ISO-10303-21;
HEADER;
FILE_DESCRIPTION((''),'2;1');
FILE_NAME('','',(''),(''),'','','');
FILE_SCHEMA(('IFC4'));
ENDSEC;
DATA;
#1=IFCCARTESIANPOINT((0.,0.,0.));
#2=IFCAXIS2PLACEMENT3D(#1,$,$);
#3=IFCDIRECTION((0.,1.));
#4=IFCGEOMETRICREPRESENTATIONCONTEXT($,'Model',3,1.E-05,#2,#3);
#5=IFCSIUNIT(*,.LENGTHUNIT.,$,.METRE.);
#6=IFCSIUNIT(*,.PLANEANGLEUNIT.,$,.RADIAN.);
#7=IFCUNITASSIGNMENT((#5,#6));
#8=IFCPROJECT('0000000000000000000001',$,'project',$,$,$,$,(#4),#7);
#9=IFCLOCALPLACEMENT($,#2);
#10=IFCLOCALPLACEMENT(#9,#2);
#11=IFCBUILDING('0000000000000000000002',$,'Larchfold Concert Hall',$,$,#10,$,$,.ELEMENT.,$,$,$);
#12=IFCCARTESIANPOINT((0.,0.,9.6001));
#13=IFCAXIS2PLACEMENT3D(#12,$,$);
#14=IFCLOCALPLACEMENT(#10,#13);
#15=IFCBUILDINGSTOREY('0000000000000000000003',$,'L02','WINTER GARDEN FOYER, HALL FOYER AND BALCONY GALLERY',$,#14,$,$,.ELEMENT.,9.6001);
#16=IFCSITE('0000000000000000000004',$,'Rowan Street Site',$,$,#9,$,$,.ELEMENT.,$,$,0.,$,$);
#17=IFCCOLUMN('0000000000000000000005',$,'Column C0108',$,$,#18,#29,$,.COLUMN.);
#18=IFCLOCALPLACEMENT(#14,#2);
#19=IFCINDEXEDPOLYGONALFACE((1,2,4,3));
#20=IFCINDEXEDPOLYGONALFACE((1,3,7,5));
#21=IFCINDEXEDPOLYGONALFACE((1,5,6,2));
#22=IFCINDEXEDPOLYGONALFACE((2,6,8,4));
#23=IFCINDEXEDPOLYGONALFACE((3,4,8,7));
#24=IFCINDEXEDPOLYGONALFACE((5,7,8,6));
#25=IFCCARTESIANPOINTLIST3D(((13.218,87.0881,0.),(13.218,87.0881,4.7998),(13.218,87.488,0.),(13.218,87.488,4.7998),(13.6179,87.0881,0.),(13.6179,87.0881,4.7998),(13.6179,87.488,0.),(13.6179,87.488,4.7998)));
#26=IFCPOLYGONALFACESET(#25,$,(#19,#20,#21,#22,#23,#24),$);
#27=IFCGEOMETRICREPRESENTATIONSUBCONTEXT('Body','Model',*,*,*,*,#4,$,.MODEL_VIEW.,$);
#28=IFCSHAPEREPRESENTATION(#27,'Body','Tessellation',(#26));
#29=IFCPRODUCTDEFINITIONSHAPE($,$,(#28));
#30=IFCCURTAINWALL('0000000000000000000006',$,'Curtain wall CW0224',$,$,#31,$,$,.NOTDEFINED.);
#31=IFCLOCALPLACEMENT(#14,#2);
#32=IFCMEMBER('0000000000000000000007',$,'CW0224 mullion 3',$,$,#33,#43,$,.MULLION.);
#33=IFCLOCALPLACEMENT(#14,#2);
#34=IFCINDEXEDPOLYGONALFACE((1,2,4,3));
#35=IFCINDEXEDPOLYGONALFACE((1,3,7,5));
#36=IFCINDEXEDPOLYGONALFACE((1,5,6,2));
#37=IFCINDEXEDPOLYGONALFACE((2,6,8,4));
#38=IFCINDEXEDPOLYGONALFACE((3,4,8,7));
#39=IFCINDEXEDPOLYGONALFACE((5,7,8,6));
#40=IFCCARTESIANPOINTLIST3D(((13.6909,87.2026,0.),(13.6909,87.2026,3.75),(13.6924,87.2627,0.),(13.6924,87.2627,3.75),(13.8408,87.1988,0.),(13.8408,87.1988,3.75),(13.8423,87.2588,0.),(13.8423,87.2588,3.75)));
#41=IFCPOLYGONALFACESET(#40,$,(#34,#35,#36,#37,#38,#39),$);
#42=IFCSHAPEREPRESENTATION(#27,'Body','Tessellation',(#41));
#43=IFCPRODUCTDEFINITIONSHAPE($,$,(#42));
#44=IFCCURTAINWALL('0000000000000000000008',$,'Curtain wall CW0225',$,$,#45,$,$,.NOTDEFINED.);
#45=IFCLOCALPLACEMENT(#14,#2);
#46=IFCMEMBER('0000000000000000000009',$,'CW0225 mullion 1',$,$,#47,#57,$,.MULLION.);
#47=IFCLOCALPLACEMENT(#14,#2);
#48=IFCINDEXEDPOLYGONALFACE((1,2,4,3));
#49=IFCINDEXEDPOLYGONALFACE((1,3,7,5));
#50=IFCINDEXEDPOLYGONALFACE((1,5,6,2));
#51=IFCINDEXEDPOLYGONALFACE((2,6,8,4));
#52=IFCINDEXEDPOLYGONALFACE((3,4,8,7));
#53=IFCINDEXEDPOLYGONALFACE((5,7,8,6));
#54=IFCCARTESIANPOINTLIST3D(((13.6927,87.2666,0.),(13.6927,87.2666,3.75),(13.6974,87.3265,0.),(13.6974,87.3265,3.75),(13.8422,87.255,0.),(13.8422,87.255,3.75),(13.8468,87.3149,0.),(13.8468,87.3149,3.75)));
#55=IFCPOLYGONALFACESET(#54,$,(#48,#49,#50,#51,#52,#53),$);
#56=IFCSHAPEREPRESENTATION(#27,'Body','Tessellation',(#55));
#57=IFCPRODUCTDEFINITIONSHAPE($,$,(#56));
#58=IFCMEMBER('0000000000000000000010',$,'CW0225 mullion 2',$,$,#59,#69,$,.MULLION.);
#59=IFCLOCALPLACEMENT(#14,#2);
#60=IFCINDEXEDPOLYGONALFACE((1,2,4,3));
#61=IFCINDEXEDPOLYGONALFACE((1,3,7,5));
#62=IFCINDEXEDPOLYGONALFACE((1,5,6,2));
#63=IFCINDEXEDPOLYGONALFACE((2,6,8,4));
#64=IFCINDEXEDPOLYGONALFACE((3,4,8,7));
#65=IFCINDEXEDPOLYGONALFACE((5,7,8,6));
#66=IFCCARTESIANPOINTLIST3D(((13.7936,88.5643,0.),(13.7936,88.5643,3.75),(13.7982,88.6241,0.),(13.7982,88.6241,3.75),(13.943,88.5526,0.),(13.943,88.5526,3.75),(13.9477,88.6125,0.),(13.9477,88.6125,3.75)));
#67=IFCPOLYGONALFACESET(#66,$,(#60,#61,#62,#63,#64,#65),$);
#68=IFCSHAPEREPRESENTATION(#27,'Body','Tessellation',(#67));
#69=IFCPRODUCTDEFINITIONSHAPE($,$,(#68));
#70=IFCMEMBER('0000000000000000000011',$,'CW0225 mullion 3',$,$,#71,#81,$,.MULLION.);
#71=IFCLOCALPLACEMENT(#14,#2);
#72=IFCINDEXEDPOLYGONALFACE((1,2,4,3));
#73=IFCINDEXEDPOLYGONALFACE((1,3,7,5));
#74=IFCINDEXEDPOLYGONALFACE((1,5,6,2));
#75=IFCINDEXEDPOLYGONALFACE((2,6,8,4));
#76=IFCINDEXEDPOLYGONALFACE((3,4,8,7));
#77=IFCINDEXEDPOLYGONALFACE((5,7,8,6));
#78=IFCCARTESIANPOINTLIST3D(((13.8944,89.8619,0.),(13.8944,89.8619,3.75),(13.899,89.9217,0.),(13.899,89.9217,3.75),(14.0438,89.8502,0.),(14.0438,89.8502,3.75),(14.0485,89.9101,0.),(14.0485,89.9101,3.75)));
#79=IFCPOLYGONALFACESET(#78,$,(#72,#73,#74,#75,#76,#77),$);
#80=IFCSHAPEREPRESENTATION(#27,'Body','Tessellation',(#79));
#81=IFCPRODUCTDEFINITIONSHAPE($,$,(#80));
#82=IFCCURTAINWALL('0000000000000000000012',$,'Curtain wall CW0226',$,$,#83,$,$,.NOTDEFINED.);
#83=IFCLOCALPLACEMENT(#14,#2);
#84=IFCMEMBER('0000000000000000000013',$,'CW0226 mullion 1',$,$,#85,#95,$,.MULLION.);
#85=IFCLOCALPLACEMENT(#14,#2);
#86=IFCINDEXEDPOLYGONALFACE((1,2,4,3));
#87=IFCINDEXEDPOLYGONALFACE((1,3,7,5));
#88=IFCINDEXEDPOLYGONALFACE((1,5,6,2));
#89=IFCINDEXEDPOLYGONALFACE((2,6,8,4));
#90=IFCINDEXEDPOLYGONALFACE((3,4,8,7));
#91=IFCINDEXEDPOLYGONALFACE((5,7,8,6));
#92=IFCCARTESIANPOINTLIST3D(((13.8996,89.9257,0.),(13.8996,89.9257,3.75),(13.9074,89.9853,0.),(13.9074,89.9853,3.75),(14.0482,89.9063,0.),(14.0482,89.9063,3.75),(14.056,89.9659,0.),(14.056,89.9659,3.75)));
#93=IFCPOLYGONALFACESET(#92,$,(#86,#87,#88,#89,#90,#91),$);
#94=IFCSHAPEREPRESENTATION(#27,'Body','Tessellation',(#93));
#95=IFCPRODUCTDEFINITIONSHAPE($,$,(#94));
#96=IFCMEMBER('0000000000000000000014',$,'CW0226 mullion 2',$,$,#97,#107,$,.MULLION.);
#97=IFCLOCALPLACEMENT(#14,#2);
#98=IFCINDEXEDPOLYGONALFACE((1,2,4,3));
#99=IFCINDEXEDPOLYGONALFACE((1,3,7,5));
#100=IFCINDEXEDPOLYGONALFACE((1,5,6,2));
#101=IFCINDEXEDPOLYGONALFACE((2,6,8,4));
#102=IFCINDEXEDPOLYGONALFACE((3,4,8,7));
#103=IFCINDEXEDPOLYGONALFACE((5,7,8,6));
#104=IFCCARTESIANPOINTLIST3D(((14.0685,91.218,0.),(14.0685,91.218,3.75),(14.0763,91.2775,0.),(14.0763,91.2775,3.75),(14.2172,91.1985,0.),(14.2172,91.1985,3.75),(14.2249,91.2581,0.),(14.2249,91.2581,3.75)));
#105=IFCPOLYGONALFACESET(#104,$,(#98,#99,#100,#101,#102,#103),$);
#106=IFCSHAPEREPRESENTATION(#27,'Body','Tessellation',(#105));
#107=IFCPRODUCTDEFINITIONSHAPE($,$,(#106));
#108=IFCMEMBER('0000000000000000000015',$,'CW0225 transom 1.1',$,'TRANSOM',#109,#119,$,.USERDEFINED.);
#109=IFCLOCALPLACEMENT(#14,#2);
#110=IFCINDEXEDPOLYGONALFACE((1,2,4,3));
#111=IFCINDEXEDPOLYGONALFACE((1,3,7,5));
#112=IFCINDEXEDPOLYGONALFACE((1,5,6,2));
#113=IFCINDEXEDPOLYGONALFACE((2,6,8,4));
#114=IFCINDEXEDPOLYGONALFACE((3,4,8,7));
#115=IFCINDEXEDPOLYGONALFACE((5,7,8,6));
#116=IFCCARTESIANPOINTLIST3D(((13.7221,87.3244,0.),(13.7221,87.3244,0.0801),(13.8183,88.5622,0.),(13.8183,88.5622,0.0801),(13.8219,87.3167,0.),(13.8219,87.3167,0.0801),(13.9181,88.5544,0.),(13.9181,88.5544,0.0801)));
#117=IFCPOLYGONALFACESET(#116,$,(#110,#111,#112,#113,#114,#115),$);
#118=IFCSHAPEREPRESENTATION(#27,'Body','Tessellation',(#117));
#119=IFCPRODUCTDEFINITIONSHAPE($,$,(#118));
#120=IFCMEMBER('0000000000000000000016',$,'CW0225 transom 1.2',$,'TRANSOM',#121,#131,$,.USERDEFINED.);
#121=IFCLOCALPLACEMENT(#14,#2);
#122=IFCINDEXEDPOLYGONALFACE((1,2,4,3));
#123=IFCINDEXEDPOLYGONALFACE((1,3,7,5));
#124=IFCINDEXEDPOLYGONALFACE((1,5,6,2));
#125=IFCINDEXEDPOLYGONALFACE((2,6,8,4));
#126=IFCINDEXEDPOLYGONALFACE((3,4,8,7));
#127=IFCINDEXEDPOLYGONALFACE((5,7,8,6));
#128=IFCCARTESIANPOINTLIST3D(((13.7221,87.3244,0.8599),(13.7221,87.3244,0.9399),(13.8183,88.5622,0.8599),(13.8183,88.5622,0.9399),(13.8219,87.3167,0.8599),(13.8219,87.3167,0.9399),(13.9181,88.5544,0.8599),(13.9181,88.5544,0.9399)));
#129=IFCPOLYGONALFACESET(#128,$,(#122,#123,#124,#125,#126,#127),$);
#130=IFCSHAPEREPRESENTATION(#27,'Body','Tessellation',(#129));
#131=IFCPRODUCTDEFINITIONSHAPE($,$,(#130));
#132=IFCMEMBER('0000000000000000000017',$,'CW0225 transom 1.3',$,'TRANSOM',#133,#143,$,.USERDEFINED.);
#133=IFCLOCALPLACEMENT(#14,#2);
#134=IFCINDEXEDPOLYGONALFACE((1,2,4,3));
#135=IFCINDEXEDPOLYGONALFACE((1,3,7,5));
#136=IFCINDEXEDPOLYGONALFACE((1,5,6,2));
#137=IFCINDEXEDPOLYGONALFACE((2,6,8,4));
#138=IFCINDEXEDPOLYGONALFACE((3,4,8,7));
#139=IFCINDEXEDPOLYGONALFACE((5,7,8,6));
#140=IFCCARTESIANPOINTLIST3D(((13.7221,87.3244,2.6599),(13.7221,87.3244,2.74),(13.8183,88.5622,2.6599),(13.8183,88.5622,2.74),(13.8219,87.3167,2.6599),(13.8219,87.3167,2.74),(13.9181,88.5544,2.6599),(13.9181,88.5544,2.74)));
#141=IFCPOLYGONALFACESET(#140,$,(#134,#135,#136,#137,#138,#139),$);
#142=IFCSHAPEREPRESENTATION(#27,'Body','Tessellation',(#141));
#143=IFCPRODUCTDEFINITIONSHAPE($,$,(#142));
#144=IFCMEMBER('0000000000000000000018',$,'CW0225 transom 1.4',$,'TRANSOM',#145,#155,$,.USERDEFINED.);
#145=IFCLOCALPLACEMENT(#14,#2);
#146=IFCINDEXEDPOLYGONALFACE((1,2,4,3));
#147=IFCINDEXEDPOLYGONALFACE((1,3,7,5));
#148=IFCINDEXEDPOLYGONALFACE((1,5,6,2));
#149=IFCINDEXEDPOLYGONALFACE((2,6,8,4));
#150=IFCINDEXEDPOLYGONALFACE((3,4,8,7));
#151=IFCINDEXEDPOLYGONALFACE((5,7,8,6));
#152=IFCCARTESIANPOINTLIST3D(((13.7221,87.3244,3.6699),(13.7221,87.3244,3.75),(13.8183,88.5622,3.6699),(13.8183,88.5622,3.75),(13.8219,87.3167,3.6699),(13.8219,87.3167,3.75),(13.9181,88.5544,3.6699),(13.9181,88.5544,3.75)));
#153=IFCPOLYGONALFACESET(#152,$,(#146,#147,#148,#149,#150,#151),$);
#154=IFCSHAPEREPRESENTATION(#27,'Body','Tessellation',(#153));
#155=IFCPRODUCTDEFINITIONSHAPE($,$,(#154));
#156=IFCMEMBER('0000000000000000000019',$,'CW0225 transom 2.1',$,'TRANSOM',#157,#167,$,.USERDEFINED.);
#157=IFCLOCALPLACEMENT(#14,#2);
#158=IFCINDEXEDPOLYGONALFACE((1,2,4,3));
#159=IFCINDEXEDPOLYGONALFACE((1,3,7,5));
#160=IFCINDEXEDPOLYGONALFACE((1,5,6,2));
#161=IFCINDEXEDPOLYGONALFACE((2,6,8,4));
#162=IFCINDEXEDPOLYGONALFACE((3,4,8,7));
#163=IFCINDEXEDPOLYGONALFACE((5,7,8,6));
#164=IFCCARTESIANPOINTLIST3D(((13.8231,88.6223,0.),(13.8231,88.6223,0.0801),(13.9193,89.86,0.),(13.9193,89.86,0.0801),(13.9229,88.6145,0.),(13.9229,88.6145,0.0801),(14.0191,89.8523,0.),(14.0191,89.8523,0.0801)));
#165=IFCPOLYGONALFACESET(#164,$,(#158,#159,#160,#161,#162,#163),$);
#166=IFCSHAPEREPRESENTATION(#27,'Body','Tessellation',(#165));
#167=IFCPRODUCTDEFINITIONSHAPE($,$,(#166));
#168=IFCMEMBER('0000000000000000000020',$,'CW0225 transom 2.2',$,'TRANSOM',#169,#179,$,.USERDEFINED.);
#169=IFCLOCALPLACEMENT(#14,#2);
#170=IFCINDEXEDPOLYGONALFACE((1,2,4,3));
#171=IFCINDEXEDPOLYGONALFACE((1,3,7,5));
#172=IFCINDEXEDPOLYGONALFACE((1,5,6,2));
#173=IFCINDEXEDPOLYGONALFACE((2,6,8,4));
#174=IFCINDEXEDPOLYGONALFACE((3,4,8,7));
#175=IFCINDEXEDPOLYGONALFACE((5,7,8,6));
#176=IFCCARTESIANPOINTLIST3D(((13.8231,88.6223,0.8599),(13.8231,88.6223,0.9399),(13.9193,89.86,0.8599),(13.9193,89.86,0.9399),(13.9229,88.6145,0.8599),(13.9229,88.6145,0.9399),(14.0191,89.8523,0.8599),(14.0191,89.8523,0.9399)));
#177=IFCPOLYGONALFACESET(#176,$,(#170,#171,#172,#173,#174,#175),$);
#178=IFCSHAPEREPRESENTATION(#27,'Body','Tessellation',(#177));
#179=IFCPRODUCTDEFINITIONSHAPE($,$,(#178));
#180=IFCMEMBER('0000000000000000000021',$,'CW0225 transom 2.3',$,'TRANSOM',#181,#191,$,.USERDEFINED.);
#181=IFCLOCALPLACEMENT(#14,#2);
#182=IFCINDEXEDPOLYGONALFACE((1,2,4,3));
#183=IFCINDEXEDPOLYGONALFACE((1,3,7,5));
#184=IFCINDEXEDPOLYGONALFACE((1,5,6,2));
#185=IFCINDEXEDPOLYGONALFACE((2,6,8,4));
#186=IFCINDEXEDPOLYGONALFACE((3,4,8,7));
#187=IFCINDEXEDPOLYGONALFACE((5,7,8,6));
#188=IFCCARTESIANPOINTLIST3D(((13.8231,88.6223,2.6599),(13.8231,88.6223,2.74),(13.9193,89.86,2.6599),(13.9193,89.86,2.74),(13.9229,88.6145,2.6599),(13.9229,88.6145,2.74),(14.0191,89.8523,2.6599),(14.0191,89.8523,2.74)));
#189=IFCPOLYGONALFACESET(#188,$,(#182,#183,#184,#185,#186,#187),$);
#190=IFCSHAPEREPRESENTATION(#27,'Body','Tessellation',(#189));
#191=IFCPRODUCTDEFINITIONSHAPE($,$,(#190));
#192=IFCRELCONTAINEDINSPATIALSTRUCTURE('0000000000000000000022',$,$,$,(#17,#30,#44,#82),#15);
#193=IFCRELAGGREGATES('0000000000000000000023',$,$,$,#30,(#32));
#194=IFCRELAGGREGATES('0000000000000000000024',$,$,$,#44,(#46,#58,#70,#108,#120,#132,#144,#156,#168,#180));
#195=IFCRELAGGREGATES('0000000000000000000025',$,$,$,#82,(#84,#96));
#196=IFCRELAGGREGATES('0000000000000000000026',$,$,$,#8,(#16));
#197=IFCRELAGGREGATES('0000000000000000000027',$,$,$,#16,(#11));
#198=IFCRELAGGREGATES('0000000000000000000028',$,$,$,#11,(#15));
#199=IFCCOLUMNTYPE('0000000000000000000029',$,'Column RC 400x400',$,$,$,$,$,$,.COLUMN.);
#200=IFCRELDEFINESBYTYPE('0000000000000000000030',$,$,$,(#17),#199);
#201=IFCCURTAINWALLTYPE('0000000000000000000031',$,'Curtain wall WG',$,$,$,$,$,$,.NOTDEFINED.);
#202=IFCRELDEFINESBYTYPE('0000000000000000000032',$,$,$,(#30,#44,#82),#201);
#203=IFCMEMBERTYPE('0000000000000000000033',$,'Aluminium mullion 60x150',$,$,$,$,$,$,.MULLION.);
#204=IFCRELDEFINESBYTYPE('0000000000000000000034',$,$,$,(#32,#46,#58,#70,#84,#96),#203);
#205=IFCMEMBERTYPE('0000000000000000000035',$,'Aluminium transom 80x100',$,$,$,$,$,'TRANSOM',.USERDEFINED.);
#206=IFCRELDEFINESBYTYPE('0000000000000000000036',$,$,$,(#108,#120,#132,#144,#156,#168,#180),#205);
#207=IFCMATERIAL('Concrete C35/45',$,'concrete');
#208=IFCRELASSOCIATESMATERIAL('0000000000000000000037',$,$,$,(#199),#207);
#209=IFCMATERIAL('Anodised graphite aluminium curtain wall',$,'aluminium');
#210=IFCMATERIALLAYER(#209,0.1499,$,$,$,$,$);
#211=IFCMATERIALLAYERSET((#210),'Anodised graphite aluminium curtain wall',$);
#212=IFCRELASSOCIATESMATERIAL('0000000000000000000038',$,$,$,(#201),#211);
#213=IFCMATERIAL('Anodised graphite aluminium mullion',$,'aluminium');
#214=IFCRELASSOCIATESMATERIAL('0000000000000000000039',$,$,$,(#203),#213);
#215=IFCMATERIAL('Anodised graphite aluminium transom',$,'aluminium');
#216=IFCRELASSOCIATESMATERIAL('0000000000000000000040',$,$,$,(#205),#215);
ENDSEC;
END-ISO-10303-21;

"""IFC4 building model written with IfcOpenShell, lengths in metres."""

from ifc_helpers import new_model, si_unit, direction, frame, origin, origin_2d, place, context, subcontext, project, spatial, rectangle, extrude, material, layer, layer_set, material_profile, profile_set, type_object, element, aggregate, save


model = new_model("IFC4")

# Units and contexts
model_context = context("Model", 3, precision=1e-05, world=origin(), true_north=direction((0.0, 1.0)))
body_context = subcontext(model_context, "Body", "Model", "MODEL_VIEW")
ifc_project = project(units=[si_unit("LENGTHUNIT", "METRE"), si_unit("PLANEANGLEUNIT", "RADIAN")], contexts=[model_context])

# Site, building, storey
site_placement = place(None, origin())
site = spatial("IfcSite", under=ifc_project, at=site_placement, Name="Rowan Street Site", CompositionType="ELEMENT", RefElevation=0.0)
building_placement = place(site_placement, origin())
building = spatial("IfcBuilding", under=site, at=building_placement, Name="Larchfold Concert Hall", CompositionType="ELEMENT")
storey_placement = place(building_placement, frame((0.0, 0.0, 9.6001)))
storey = spatial("IfcBuildingStorey", under=building, at=storey_placement, Name="L02", Description="WINTER GARDEN FOYER, HALL FOYER AND BALCONY GALLERY", CompositionType="ELEMENT", Elevation=9.6001)

# Column
ifc_material_1 = material(Name="Concrete C35/45", Category="concrete")
ifc_material_profile_1 = material_profile(ifc_material_1, rectangle(XDim=0.3999, YDim=0.3999, at=origin_2d()))
ifc_profile_set_1 = profile_set([ifc_material_profile_1], Name="Concrete C35/45")
column_type = type_object("IfcColumnType", Name="Column RC 400x400", PredefinedType="COLUMN", material=ifc_profile_set_1)
column_placement = place(storey_placement, frame((13.418, 87.2881, 0.0), z_axis=(0.0, 0.0, 1.0), x_axis=(1.0, 0.0, 0.0)))
element("IfcColumn", 1, at=column_placement, inside=storey, type_object=column_type, Name="Column C0108", PredefinedType="COLUMN", context=body_context, shape_type="SweptSolid", body=[
    extrude(rectangle(XDim=0.3999, YDim=0.3999, at=origin_2d()), origin(), (0.0, 0.0, 1.0), 4.7998),
])

# Curtain wall, member
ifc_material_2 = material(Name="Anodised graphite aluminium curtain wall", Category="aluminium")
ifc_layer_1 = layer(ifc_material_2, 0.1499)
ifc_layer_set_1 = layer_set([ifc_layer_1], Name="Anodised graphite aluminium curtain wall")
curtain_wall_type = type_object("IfcCurtainWallType", Name="Curtain wall WG", PredefinedType="NOTDEFINED", material=ifc_layer_set_1)
curtain_wall_1_placement = place(storey_placement, origin())
curtain_wall_1 = element("IfcCurtainWall", 2, at=curtain_wall_1_placement, inside=storey, type_object=curtain_wall_type, Name="Curtain wall CW0224", PredefinedType="NOTDEFINED")
ifc_material_3 = material(Name="Anodised graphite aluminium mullion", Category="aluminium")
ifc_material_profile_2 = material_profile(ifc_material_3, rectangle(XDim=0.1499, YDim=0.0601, at=origin_2d()))
ifc_profile_set_2 = profile_set([ifc_material_profile_2], Name="Anodised graphite aluminium mullion")
member_type_1 = type_object("IfcMemberType", Name="Aluminium mullion 60x150", PredefinedType="MULLION", material=ifc_profile_set_2)
member_1_placement = place(storey_placement, frame((13.7666, 87.2307, 0.0), z_axis=(0.0, 0.0, 1.0), x_axis=(-0.999668, 0.025776, 0.0)))
member_1 = element("IfcMember", 3, at=member_1_placement, type_object=member_type_1, Name="CW0224 mullion 3", PredefinedType="MULLION", context=body_context, shape_type="SweptSolid", body=[
    extrude(rectangle(XDim=0.1499, YDim=0.0601, at=origin_2d()), origin(), (0.0, 0.0, 1.0), 3.75),
])
aggregate(curtain_wall_1, [member_1])

# Curtain walls, members
curtain_wall_2_placement = place(storey_placement, origin())
curtain_wall_2 = element("IfcCurtainWall", 4, at=curtain_wall_2_placement, inside=storey, type_object=curtain_wall_type, Name="Curtain wall CW0225", PredefinedType="NOTDEFINED")
member_2_placement = place(storey_placement, frame((13.7698, 87.2908, 0.0), z_axis=(0.0, 0.0, 1.0), x_axis=(-0.996988, 0.077552, 0.0)))
member_2 = element("IfcMember", 5, at=member_2_placement, type_object=member_type_1, Name="CW0225 mullion 1", PredefinedType="MULLION", context=body_context, shape_type="SweptSolid", body=[
    extrude(rectangle(XDim=0.1499, YDim=0.0601, at=origin_2d()), origin(), (0.0, 0.0, 1.0), 3.75),
])
member_3_placement = place(storey_placement, frame((13.8706, 88.5884, 0.0), z_axis=(0.0, 0.0, 1.0), x_axis=(-0.996988, 0.077552, 0.0)))
member_3 = element("IfcMember", 6, at=member_3_placement, type_object=member_type_1, Name="CW0225 mullion 2", PredefinedType="MULLION", context=body_context, shape_type="SweptSolid", body=[
    extrude(rectangle(XDim=0.1499, YDim=0.0601, at=origin_2d()), origin(), (0.0, 0.0, 1.0), 3.75),
])
member_4_placement = place(storey_placement, frame((13.9714, 89.886, 0.0), z_axis=(0.0, 0.0, 1.0), x_axis=(-0.996988, 0.077552, 0.0)))
member_4 = element("IfcMember", 7, at=member_4_placement, type_object=member_type_1, Name="CW0225 mullion 3", PredefinedType="MULLION", context=body_context, shape_type="SweptSolid", body=[
    extrude(rectangle(XDim=0.1499, YDim=0.0601, at=origin_2d()), origin(), (0.0, 0.0, 1.0), 3.75),
])
curtain_wall_3_placement = place(storey_placement, origin())
curtain_wall_3 = element("IfcCurtainWall", 8, at=curtain_wall_3_placement, inside=storey, type_object=curtain_wall_type, Name="Curtain wall CW0226", PredefinedType="NOTDEFINED")
member_5_placement = place(storey_placement, frame((13.9778, 89.9458, 0.0), z_axis=(0.0, 0.0, 1.0), x_axis=(-0.991561, 0.129644, 0.0)))
member_5 = element("IfcMember", 9, at=member_5_placement, type_object=member_type_1, Name="CW0226 mullion 1", PredefinedType="MULLION", context=body_context, shape_type="SweptSolid", body=[
    extrude(rectangle(XDim=0.1499, YDim=0.0601, at=origin_2d()), origin(), (0.0, 0.0, 1.0), 3.75),
])
member_6_placement = place(storey_placement, frame((14.1467, 91.238, 0.0), z_axis=(0.0, 0.0, 1.0), x_axis=(-0.991561, 0.129644, 0.0)))
member_6 = element("IfcMember", 10, at=member_6_placement, type_object=member_type_1, Name="CW0226 mullion 2", PredefinedType="MULLION", context=body_context, shape_type="SweptSolid", body=[
    extrude(rectangle(XDim=0.1499, YDim=0.0601, at=origin_2d()), origin(), (0.0, 0.0, 1.0), 3.75),
])

# Members
ifc_material_4 = material(Name="Anodised graphite aluminium transom", Category="aluminium")
ifc_material_profile_3 = material_profile(ifc_material_4, rectangle(XDim=0.1001, YDim=0.0801, at=origin_2d()))
ifc_profile_set_3 = profile_set([ifc_material_profile_3], Name="Anodised graphite aluminium transom")
member_type_2 = type_object("IfcMemberType", Name="Aluminium transom 80x100", ElementType="TRANSOM", PredefinedType="USERDEFINED", material=ifc_profile_set_3)
member_7_placement = place(storey_placement, frame((13.772, 87.3206, 0.04), z_axis=(0.077478, 0.996994, 0.0), x_axis=(-0.996994, 0.077478, 0.0)))
member_7 = element("IfcMember", 11, at=member_7_placement, type_object=member_type_2, Name="CW0225 transom 1.1", ObjectType="TRANSOM", PredefinedType="USERDEFINED", context=body_context, shape_type="SweptSolid", body=[
    extrude(rectangle(XDim=0.1001, YDim=0.0801, at=origin_2d()), origin(), (0.0, 0.0, 1.0), 1.2415),
])
member_8_placement = place(storey_placement, frame((13.772, 87.3206, 0.8999), z_axis=(0.077478, 0.996994, 0.0), x_axis=(-0.996994, 0.077478, 0.0)))
member_8 = element("IfcMember", 12, at=member_8_placement, type_object=member_type_2, Name="CW0225 transom 1.2", ObjectType="TRANSOM", PredefinedType="USERDEFINED", context=body_context, shape_type="SweptSolid", body=[
    extrude(rectangle(XDim=0.1001, YDim=0.0801, at=origin_2d()), origin(), (0.0, 0.0, 1.0), 1.2415),
])
member_9_placement = place(storey_placement, frame((13.772, 87.3206, 2.7), z_axis=(0.077478, 0.996994, 0.0), x_axis=(-0.996994, 0.077478, 0.0)))
member_9 = element("IfcMember", 13, at=member_9_placement, type_object=member_type_2, Name="CW0225 transom 1.3", ObjectType="TRANSOM", PredefinedType="USERDEFINED", context=body_context, shape_type="SweptSolid", body=[
    extrude(rectangle(XDim=0.1001, YDim=0.0801, at=origin_2d()), origin(), (0.0, 0.0, 1.0), 1.2415),
])
member_10_placement = place(storey_placement, frame((13.772, 87.3206, 3.71), z_axis=(0.077478, 0.996994, 0.0), x_axis=(-0.996994, 0.077478, 0.0)))
member_10 = element("IfcMember", 14, at=member_10_placement, type_object=member_type_2, Name="CW0225 transom 1.4", ObjectType="TRANSOM", PredefinedType="USERDEFINED", context=body_context, shape_type="SweptSolid", body=[
    extrude(rectangle(XDim=0.1001, YDim=0.0801, at=origin_2d()), origin(), (0.0, 0.0, 1.0), 1.2415),
])
member_11_placement = place(storey_placement, frame((13.873, 88.6184, 0.04), z_axis=(0.077478, 0.996994, 0.0), x_axis=(-0.996994, 0.077478, 0.0)))
member_11 = element("IfcMember", 15, at=member_11_placement, type_object=member_type_2, Name="CW0225 transom 2.1", ObjectType="TRANSOM", PredefinedType="USERDEFINED", context=body_context, shape_type="SweptSolid", body=[
    extrude(rectangle(XDim=0.1001, YDim=0.0801, at=origin_2d()), origin(), (0.0, 0.0, 1.0), 1.2415),
])
member_12_placement = place(storey_placement, frame((13.873, 88.6184, 0.8999), z_axis=(0.077478, 0.996994, 0.0), x_axis=(-0.996994, 0.077478, 0.0)))
member_12 = element("IfcMember", 16, at=member_12_placement, type_object=member_type_2, Name="CW0225 transom 2.2", ObjectType="TRANSOM", PredefinedType="USERDEFINED", context=body_context, shape_type="SweptSolid", body=[
    extrude(rectangle(XDim=0.1001, YDim=0.0801, at=origin_2d()), origin(), (0.0, 0.0, 1.0), 1.2415),
])
member_13_placement = place(storey_placement, frame((13.873, 88.6184, 2.7), z_axis=(0.077478, 0.996994, 0.0), x_axis=(-0.996994, 0.077478, 0.0)))
member_13 = element("IfcMember", 17, at=member_13_placement, type_object=member_type_2, Name="CW0225 transom 2.3", ObjectType="TRANSOM", PredefinedType="USERDEFINED", context=body_context, shape_type="SweptSolid", body=[
    extrude(rectangle(XDim=0.1001, YDim=0.0801, at=origin_2d()), origin(), (0.0, 0.0, 1.0), 1.2415),
])

aggregate(curtain_wall_2, [member_2, member_3, member_4, member_7, member_8, member_9, member_10, member_11, member_12, member_13])
aggregate(curtain_wall_3, [member_5, member_6])

save(model, "model.ifc")
